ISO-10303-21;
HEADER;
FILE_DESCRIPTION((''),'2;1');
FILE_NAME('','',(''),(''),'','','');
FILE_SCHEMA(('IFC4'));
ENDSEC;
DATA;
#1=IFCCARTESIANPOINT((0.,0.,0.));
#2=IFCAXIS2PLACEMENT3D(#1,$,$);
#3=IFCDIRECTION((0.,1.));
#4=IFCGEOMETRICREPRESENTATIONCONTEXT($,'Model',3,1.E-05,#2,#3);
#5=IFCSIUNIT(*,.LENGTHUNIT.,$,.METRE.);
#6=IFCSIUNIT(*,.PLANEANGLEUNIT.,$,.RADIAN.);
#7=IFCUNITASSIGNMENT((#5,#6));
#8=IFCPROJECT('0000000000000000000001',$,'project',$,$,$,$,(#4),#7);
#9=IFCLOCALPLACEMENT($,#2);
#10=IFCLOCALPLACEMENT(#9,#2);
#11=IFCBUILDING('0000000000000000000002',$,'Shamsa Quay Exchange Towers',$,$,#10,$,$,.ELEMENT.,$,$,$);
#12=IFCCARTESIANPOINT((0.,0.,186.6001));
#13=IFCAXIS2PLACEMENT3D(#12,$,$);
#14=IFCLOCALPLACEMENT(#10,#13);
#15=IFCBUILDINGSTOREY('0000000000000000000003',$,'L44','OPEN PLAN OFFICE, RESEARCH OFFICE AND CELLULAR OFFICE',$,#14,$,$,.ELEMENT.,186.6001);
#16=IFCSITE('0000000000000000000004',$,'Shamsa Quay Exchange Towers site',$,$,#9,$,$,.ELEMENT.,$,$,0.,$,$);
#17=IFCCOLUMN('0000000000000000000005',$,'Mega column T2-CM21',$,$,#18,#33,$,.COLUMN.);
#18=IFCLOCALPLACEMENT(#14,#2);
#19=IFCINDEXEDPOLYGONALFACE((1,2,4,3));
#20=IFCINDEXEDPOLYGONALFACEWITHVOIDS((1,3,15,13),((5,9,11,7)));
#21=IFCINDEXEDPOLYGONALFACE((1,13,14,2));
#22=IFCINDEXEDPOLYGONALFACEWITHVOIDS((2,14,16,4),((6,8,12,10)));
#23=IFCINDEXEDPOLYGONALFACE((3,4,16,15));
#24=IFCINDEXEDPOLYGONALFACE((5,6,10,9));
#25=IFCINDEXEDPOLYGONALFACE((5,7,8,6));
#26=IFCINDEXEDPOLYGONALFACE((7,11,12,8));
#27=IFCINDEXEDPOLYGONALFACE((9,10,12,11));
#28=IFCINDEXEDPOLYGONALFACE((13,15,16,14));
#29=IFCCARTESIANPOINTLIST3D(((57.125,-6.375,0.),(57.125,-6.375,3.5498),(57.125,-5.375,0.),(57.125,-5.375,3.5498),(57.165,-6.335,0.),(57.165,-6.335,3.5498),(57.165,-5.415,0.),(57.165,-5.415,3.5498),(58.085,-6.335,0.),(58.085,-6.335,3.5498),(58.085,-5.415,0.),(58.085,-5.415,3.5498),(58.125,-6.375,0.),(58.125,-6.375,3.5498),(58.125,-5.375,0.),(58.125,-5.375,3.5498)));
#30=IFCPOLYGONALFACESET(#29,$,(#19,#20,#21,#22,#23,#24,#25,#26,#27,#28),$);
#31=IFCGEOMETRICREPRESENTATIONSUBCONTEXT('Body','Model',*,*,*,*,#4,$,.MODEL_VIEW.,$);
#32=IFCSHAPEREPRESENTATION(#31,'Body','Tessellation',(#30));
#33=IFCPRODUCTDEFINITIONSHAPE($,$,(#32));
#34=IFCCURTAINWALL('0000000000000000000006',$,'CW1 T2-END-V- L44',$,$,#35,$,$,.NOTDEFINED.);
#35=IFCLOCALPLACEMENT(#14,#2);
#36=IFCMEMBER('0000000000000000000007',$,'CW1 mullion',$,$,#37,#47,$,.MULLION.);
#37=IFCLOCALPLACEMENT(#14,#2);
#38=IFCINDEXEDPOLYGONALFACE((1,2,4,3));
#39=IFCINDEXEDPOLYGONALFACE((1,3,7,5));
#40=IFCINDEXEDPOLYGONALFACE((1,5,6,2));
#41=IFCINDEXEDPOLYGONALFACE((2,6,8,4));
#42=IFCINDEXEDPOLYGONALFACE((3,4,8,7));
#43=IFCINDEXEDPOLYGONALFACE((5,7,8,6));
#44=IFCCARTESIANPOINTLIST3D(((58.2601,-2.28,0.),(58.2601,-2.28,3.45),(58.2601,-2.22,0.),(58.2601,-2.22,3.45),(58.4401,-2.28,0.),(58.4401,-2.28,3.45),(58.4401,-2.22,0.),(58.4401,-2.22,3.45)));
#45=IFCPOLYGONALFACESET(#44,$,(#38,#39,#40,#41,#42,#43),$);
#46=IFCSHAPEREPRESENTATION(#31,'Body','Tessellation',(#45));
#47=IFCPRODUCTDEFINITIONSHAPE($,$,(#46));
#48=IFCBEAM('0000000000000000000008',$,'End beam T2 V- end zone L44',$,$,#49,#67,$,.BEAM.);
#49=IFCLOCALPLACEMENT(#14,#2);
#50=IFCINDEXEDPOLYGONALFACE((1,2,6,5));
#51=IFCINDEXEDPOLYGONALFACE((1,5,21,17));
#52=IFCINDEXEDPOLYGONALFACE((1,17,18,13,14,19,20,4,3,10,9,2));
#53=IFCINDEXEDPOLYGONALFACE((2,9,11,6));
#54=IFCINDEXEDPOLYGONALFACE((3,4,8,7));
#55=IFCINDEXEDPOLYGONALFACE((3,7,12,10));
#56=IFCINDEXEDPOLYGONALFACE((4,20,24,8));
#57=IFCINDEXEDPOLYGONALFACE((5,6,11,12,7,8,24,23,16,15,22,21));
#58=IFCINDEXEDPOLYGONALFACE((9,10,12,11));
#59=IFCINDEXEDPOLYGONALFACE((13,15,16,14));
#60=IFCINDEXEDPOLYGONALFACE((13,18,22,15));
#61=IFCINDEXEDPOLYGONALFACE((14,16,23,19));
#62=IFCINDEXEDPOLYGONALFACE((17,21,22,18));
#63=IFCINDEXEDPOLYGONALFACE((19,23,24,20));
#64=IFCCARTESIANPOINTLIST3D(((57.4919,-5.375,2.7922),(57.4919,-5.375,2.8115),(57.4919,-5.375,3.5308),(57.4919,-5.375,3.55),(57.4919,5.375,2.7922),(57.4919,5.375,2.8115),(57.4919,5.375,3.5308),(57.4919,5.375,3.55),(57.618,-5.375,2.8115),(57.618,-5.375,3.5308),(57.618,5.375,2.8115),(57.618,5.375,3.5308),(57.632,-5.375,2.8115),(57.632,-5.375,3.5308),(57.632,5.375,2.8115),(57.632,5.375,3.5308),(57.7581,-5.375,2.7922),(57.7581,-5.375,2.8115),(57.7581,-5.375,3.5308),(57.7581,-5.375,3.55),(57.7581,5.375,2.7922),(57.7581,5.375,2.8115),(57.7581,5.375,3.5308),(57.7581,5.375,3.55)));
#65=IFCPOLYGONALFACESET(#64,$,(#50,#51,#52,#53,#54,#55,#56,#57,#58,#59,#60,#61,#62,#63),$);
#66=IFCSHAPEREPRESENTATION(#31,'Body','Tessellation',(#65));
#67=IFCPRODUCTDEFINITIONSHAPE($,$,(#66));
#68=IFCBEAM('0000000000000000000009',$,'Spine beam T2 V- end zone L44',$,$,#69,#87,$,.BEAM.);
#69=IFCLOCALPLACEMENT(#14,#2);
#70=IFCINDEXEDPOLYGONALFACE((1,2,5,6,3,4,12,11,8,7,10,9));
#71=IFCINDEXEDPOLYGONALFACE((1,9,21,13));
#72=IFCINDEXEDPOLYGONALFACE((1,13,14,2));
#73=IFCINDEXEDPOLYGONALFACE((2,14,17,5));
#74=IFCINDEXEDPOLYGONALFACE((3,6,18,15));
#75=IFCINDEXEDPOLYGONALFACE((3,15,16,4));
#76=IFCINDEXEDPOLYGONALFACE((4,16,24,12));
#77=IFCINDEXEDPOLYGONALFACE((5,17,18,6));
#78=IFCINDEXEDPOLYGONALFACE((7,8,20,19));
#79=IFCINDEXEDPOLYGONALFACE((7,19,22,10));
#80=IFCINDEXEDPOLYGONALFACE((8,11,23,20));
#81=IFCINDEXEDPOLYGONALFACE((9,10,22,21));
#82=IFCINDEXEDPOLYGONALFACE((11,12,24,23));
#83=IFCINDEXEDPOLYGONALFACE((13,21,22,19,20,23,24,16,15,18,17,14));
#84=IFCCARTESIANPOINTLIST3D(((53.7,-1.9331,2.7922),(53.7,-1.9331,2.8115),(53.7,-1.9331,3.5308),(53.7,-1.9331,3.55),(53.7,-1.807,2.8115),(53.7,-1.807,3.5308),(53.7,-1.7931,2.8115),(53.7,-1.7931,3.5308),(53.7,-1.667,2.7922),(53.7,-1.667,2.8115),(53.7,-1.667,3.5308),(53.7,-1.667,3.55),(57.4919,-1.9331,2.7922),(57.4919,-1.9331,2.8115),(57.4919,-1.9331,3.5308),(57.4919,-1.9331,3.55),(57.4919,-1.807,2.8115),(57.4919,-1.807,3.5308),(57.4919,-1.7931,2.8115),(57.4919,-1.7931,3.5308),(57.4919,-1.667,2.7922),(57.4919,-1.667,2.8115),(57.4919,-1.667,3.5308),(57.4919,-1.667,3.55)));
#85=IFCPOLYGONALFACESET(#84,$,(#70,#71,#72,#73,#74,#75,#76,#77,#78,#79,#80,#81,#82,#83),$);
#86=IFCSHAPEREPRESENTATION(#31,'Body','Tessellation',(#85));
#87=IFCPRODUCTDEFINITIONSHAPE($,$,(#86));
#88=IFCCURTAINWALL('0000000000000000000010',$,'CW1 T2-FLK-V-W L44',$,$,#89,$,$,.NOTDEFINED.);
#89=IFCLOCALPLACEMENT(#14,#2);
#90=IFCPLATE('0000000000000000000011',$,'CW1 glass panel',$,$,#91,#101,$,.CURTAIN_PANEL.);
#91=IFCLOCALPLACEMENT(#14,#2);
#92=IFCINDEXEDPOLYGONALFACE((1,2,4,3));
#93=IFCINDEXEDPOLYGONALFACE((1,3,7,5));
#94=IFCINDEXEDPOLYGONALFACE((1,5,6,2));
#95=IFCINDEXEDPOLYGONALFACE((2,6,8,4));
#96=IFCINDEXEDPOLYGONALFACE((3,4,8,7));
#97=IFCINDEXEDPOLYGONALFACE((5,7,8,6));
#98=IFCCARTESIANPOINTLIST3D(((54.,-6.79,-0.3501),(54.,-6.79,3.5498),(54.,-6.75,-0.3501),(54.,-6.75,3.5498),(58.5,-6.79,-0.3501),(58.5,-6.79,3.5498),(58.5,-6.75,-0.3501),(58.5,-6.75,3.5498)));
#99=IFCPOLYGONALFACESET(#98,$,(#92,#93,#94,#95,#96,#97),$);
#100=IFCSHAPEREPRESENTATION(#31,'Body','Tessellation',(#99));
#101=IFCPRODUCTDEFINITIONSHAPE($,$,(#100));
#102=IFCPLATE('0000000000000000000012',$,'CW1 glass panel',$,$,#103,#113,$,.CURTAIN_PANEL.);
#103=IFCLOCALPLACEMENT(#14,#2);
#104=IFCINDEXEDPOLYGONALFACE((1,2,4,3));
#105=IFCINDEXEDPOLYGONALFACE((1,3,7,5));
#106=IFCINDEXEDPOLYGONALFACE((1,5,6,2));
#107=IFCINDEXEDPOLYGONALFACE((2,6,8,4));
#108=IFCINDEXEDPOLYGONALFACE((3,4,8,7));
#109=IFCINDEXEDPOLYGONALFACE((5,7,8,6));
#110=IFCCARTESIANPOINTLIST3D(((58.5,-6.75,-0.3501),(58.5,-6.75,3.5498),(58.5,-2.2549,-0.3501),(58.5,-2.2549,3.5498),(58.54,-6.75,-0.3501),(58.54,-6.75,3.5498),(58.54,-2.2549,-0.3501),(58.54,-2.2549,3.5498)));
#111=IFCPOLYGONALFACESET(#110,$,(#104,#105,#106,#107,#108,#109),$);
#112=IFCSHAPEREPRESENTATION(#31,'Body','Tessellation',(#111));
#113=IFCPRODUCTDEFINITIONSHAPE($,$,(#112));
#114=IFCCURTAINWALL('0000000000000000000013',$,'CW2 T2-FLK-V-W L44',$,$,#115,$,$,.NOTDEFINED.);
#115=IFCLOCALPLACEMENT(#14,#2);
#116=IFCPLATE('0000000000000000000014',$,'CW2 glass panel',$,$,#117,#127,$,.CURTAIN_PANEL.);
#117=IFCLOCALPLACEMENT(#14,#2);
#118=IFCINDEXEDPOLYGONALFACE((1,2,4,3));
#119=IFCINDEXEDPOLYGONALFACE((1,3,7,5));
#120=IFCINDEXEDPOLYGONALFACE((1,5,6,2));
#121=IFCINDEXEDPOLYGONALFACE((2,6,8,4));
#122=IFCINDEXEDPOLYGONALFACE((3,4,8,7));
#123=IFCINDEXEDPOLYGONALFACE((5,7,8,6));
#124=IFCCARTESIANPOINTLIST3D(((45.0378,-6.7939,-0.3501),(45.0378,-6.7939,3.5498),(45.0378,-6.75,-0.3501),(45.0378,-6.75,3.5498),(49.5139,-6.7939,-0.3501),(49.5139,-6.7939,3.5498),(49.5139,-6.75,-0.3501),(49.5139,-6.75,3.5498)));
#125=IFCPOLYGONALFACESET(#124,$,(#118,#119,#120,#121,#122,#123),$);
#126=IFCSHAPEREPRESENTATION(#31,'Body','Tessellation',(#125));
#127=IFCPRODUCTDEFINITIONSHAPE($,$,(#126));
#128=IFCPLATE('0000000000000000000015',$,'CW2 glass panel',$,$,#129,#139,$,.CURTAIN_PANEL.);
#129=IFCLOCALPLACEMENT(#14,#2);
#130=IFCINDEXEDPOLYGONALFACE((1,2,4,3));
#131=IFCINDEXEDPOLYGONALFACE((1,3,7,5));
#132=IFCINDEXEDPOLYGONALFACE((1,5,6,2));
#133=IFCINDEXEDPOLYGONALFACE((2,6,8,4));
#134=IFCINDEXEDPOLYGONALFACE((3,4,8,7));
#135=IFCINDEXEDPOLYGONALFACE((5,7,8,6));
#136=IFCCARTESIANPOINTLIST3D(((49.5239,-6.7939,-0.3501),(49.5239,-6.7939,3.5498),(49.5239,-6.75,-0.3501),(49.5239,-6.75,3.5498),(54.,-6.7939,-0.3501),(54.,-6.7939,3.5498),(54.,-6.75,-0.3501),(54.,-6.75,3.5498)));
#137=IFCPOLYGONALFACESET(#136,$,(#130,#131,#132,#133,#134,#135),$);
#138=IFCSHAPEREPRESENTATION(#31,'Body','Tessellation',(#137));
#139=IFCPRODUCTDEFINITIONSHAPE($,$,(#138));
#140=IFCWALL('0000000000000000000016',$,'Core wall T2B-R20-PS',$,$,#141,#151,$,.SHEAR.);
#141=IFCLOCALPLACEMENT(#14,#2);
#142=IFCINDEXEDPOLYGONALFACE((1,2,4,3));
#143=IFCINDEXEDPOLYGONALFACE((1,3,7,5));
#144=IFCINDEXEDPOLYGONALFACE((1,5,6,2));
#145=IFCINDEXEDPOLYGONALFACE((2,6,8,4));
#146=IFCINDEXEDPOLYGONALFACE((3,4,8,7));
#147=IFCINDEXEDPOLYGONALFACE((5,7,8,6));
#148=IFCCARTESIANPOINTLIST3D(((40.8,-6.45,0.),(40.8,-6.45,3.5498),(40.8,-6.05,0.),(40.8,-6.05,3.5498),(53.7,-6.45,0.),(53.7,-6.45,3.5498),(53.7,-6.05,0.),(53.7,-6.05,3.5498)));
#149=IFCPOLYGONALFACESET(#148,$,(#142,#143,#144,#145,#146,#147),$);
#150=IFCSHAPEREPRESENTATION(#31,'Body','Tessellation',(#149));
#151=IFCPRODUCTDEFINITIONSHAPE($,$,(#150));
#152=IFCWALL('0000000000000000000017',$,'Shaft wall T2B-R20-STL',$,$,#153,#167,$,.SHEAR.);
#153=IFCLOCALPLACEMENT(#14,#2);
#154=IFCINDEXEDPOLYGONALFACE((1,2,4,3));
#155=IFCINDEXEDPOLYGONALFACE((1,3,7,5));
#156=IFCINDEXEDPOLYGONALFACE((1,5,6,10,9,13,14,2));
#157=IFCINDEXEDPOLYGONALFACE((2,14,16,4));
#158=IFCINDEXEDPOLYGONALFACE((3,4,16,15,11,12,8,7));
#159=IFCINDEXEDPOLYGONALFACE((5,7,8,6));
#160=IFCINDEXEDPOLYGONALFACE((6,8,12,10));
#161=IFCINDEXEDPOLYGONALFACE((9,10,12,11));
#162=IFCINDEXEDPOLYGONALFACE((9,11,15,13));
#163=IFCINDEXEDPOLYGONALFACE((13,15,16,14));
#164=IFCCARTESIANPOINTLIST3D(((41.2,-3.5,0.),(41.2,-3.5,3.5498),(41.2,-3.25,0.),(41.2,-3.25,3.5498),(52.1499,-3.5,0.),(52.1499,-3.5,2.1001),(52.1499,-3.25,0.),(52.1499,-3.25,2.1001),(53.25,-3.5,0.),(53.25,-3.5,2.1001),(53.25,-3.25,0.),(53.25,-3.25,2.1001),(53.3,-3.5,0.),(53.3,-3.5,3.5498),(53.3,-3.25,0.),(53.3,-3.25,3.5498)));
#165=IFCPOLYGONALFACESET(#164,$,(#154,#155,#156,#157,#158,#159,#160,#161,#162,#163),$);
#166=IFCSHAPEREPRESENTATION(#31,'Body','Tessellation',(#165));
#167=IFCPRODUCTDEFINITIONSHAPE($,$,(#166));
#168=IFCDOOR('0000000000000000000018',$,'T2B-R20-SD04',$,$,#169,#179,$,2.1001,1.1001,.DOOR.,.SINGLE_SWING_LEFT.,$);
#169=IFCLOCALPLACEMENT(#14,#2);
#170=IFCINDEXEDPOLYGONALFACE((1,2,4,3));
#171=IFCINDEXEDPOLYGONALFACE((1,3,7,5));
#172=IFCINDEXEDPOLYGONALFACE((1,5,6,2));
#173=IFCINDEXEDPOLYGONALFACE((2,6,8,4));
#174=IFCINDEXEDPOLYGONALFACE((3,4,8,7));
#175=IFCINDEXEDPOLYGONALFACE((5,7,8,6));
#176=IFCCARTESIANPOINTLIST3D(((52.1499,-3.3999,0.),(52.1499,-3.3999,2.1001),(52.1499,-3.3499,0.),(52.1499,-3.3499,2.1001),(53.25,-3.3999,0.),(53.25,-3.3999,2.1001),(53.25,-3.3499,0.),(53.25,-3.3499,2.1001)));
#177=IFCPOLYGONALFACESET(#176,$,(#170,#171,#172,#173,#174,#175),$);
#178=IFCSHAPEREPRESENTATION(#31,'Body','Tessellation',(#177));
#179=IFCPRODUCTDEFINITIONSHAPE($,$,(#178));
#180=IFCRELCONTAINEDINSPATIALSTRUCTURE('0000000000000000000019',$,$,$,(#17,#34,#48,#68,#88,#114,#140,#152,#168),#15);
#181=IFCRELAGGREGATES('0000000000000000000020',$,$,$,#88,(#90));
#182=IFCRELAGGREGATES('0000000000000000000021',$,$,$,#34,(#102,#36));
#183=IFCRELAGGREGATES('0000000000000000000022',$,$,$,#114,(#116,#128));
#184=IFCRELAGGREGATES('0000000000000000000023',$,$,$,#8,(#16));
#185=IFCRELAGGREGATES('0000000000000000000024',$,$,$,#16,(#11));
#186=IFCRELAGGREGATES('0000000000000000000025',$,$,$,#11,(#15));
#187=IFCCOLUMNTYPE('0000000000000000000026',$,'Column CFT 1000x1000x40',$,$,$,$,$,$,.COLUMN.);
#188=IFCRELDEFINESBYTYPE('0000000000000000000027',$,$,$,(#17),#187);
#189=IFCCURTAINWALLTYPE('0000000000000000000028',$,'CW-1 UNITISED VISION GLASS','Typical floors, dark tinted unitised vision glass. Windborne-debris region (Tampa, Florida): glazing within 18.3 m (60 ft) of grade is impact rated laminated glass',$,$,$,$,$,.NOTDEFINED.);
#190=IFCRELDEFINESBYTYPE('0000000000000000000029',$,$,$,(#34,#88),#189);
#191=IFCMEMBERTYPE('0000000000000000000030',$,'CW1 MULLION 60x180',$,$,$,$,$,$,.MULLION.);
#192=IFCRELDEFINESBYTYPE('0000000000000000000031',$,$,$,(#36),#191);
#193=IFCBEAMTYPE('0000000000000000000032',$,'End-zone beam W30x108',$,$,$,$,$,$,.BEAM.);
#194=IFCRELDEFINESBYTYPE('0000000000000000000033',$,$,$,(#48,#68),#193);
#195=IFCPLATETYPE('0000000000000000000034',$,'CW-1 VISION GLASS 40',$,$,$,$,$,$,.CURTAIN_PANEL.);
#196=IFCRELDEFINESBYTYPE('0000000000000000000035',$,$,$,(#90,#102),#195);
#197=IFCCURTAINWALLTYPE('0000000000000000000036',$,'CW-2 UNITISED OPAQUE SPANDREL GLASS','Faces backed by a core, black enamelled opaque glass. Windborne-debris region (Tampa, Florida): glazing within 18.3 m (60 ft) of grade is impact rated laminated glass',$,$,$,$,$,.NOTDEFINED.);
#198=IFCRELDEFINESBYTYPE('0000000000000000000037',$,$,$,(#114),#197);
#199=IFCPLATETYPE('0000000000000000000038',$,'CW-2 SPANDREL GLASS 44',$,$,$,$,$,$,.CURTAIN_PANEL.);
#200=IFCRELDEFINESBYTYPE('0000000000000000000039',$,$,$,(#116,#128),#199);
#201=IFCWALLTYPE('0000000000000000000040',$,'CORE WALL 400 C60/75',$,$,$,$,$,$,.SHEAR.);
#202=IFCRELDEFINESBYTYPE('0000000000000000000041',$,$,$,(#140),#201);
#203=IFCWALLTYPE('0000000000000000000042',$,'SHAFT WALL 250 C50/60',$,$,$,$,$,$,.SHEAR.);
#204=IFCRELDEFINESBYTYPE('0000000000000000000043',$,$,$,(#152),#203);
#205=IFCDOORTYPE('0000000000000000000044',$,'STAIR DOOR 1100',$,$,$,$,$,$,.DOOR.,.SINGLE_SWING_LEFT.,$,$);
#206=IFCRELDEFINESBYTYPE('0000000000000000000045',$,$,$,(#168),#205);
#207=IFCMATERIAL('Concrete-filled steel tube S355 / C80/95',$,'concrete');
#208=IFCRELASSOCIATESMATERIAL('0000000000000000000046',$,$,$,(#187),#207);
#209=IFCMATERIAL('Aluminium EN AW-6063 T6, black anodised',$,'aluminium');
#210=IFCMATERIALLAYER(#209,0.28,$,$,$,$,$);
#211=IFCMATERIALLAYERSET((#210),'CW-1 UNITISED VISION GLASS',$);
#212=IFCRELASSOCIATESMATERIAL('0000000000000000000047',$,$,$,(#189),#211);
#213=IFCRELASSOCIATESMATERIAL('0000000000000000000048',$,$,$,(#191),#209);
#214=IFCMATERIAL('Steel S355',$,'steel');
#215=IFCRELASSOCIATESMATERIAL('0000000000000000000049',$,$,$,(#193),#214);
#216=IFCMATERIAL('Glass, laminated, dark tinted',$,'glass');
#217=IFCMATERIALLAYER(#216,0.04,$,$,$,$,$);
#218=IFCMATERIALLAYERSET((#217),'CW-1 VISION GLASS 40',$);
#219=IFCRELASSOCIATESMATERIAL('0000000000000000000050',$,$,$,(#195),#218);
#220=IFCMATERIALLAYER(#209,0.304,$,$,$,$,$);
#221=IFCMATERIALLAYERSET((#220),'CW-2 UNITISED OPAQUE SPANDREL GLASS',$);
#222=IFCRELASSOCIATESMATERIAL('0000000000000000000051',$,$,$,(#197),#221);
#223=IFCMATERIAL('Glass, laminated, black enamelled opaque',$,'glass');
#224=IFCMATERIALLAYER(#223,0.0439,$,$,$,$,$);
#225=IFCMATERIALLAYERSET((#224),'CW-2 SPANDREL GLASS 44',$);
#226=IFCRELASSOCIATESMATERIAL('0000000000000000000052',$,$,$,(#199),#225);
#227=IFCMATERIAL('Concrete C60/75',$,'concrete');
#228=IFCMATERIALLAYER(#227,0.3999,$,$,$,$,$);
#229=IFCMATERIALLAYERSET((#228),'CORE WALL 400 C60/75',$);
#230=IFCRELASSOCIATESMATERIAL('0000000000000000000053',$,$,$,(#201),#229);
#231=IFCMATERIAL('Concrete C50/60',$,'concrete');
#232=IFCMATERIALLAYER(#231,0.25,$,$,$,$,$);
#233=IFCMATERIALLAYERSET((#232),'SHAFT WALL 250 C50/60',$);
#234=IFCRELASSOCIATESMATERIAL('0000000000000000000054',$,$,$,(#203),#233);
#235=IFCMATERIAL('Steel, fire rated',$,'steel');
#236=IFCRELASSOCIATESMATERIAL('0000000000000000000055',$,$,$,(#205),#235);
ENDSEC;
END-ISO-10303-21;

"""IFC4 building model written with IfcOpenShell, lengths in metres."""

from ifc_helpers import new_model, si_unit, direction, frame, frame_2d, origin, origin_2d, place, context, subcontext, project, spatial, rectangle, hollow_rectangle, i_section, extrude, material, layer, layer_set, material_profile, profile_set, type_object, element, fill, aggregate, save


model = new_model("IFC4")

# Units and contexts
model_context = context("Model", 3, precision=1e-05, world=origin(), true_north=direction((0.0, 1.0)))
body_context = subcontext(model_context, "Body", "Model", "MODEL_VIEW")
ifc_project = project(units=[si_unit("LENGTHUNIT", "METRE"), si_unit("PLANEANGLEUNIT", "RADIAN")], contexts=[model_context])

# Site, building, storey
site_placement = place(None, origin())
site = spatial("IfcSite", under=ifc_project, at=site_placement, Name="Shamsa Quay Exchange Towers site", CompositionType="ELEMENT", RefElevation=0.0)
building_placement = place(site_placement, origin())
building = spatial("IfcBuilding", under=site, at=building_placement, Name="Shamsa Quay Exchange Towers", CompositionType="ELEMENT")
storey_placement = place(building_placement, frame((0.0, 0.0, 186.6001)))
storey = spatial("IfcBuildingStorey", under=building, at=storey_placement, Name="L44", Description="OPEN PLAN OFFICE, RESEARCH OFFICE AND CELLULAR OFFICE", CompositionType="ELEMENT", Elevation=186.6001)

# Column
ifc_material_1 = material(Name="Concrete-filled steel tube S355 / C80/95", Category="concrete")
ifc_material_profile_1 = material_profile(ifc_material_1, hollow_rectangle(XDim=1.0, YDim=1.0, WallThickness=0.04, at=origin_2d()), Name="CFT 1000x1000x40")
ifc_profile_set_1 = profile_set([ifc_material_profile_1], Name="Concrete-filled steel tube S355 / C80/95")
column_type = type_object("IfcColumnType", Name="Column CFT 1000x1000x40", PredefinedType="COLUMN", material=ifc_profile_set_1)
column_placement = place(storey_placement, frame((57.625, -5.875, 0.0)))
element("IfcColumn", 1, at=column_placement, inside=storey, type_object=column_type, Name="Mega column T2-CM21", PredefinedType="COLUMN", context=body_context, shape_type="SweptSolid", body=[
    extrude(hollow_rectangle(XDim=1.0, YDim=1.0, WallThickness=0.04, at=origin_2d()), origin(), (0.0, 0.0, 1.0), 3.5498),
])

# Curtain wall, member
ifc_material_2 = material(Name="Aluminium EN AW-6063 T6, black anodised", Category="aluminium")
ifc_layer_1 = layer(ifc_material_2, 0.28)
ifc_layer_set_1 = layer_set([ifc_layer_1], Name="CW-1 UNITISED VISION GLASS")
curtain_wall_type_1 = type_object("IfcCurtainWallType", Name="CW-1 UNITISED VISION GLASS", Description="Typical floors, dark tinted unitised vision glass. Windborne-debris region (Tampa, Florida): glazing within 18.3 m (60 ft) of grade is impact rated laminated glass", PredefinedType="NOTDEFINED", material=ifc_layer_set_1)
curtain_wall_1_placement = place(storey_placement, origin())
curtain_wall_1 = element("IfcCurtainWall", 2, at=curtain_wall_1_placement, inside=storey, type_object=curtain_wall_type_1, Name="CW1 T2-END-V- L44", PredefinedType="NOTDEFINED")
ifc_material_profile_2 = material_profile(ifc_material_2, rectangle(XDim=0.1799, YDim=0.0601, at=origin_2d()), Name="MU60x180")
ifc_profile_set_2 = profile_set([ifc_material_profile_2], Name="Aluminium EN AW-6063 T6, black anodised")
member_type = type_object("IfcMemberType", Name="CW1 MULLION 60x180", PredefinedType="MULLION", material=ifc_profile_set_2)
member_placement = place(storey_placement, frame((58.3501, -2.25, 0.0), z_axis=(0.0, 0.0, 1.0), x_axis=(-1.0, 0.0, 0.0)))
member = element("IfcMember", 3, at=member_placement, type_object=member_type, Name="CW1 mullion", PredefinedType="MULLION", context=body_context, shape_type="SweptSolid", body=[
    extrude(rectangle(XDim=0.1799, YDim=0.0601, at=origin_2d()), origin(), (0.0, 0.0, 1.0), 3.45),
])

# Beams
ifc_material_3 = material(Name="Steel S355", Category="steel")
ifc_material_profile_3 = material_profile(ifc_material_3, i_section(OverallWidth=0.2661, OverallDepth=0.7578, WebThickness=0.0139, FlangeThickness=0.0193, at=origin_2d()), Name="W30x108")
ifc_profile_set_3 = profile_set([ifc_material_profile_3], Name="Steel S355")
beam_type = type_object("IfcBeamType", Name="End-zone beam W30x108", PredefinedType="BEAM", material=ifc_profile_set_3)
beam_1_placement = place(storey_placement, frame((57.625, -5.375, 3.1711), z_axis=(0.0, 1.0, 0.0), x_axis=(-1.0, 0.0, 0.0)))
element("IfcBeam", 4, at=beam_1_placement, inside=storey, type_object=beam_type, Name="End beam T2 V- end zone L44", PredefinedType="BEAM", context=body_context, shape_type="SweptSolid", body=[
    extrude(i_section(OverallWidth=0.2661, OverallDepth=0.7578, WebThickness=0.0139, FlangeThickness=0.0193, at=origin_2d()), origin(), (0.0, 0.0, 1.0), 10.75),
])
beam_2_placement = place(storey_placement, frame((53.7, -1.8, 3.1711), z_axis=(1.0, 0.0, 0.0), x_axis=(0.0, 1.0, 0.0)))
element("IfcBeam", 5, at=beam_2_placement, inside=storey, type_object=beam_type, Name="Spine beam T2 V- end zone L44", PredefinedType="BEAM", context=body_context, shape_type="SweptSolid", body=[
    extrude(i_section(OverallWidth=0.2661, OverallDepth=0.7578, WebThickness=0.0139, FlangeThickness=0.0193, at=origin_2d()), origin(), (0.0, 0.0, 1.0), 3.792),
])

# Curtain wall, plate
curtain_wall_2_placement = place(storey_placement, origin())
curtain_wall_2 = element("IfcCurtainWall", 6, at=curtain_wall_2_placement, inside=storey, type_object=curtain_wall_type_1, Name="CW1 T2-FLK-V-W L44", PredefinedType="NOTDEFINED")
ifc_material_4 = material(Name="Glass, laminated, dark tinted", Category="glass")
ifc_layer_2 = layer(ifc_material_4, 0.04)
ifc_layer_set_2 = layer_set([ifc_layer_2], Name="CW-1 VISION GLASS 40")
plate_type_1 = type_object("IfcPlateType", Name="CW-1 VISION GLASS 40", PredefinedType="CURTAIN_PANEL", material=ifc_layer_set_2)
plate_1_placement = place(storey_placement, frame((56.25, -6.77, -0.3501)))
plate_1 = element("IfcPlate", 7, at=plate_1_placement, type_object=plate_type_1, Name="CW1 glass panel", PredefinedType="CURTAIN_PANEL", context=body_context, shape_type="SweptSolid", body=[
    extrude(rectangle(XDim=4.5, YDim=0.04, at=origin_2d()), origin(), (0.0, 0.0, 1.0), 3.8999),
])
aggregate(curtain_wall_2, [plate_1])

# Plate
plate_2_placement = place(storey_placement, frame((58.52, -4.5024, -0.3501), z_axis=(0.0, 0.0, 1.0), x_axis=(0.0, 1.0, 0.0)))
plate_2 = element("IfcPlate", 8, at=plate_2_placement, type_object=plate_type_1, Name="CW1 glass panel", PredefinedType="CURTAIN_PANEL", context=body_context, shape_type="SweptSolid", body=[
    extrude(rectangle(XDim=4.4951, YDim=0.04, at=origin_2d()), origin(), (0.0, 0.0, 1.0), 3.8999),
])
aggregate(curtain_wall_1, [plate_2, member])

# Curtain wall, plates
ifc_layer_3 = layer(ifc_material_2, 0.304)
ifc_layer_set_3 = layer_set([ifc_layer_3], Name="CW-2 UNITISED OPAQUE SPANDREL GLASS")
curtain_wall_type_2 = type_object("IfcCurtainWallType", Name="CW-2 UNITISED OPAQUE SPANDREL GLASS", Description="Faces backed by a core, black enamelled opaque glass. Windborne-debris region (Tampa, Florida): glazing within 18.3 m (60 ft) of grade is impact rated laminated glass", PredefinedType="NOTDEFINED", material=ifc_layer_set_3)
curtain_wall_3_placement = place(storey_placement, origin())
curtain_wall_3 = element("IfcCurtainWall", 9, at=curtain_wall_3_placement, inside=storey, type_object=curtain_wall_type_2, Name="CW2 T2-FLK-V-W L44", PredefinedType="NOTDEFINED")
ifc_material_5 = material(Name="Glass, laminated, black enamelled opaque", Category="glass")
ifc_layer_4 = layer(ifc_material_5, 0.0439)
ifc_layer_set_4 = layer_set([ifc_layer_4], Name="CW-2 SPANDREL GLASS 44")
plate_type_2 = type_object("IfcPlateType", Name="CW-2 SPANDREL GLASS 44", PredefinedType="CURTAIN_PANEL", material=ifc_layer_set_4)
plate_3_placement = place(storey_placement, frame((47.2759, -6.772, -0.3501)))
plate_3 = element("IfcPlate", 10, at=plate_3_placement, type_object=plate_type_2, Name="CW2 glass panel", PredefinedType="CURTAIN_PANEL", context=body_context, shape_type="SweptSolid", body=[
    extrude(rectangle(XDim=4.4761, YDim=0.0439, at=origin_2d()), origin(), (0.0, 0.0, 1.0), 3.8999),
])
plate_4_placement = place(storey_placement, frame((51.762, -6.772, -0.3501)))
plate_4 = element("IfcPlate", 11, at=plate_4_placement, type_object=plate_type_2, Name="CW2 glass panel", PredefinedType="CURTAIN_PANEL", context=body_context, shape_type="SweptSolid", body=[
    extrude(rectangle(XDim=4.4761, YDim=0.0439, at=origin_2d()), origin(), (0.0, 0.0, 1.0), 3.8999),
])
aggregate(curtain_wall_3, [plate_3, plate_4])

# Wall
ifc_material_6 = material(Name="Concrete C60/75", Category="concrete")
ifc_layer_5 = layer(ifc_material_6, 0.3999)
ifc_layer_set_5 = layer_set([ifc_layer_5], Name="CORE WALL 400 C60/75")
wall_type_1 = type_object("IfcWallType", Name="CORE WALL 400 C60/75", PredefinedType="SHEAR", material=ifc_layer_set_5)
wall_1_placement = place(storey_placement, frame((53.7, -6.25, 0.0), z_axis=(0.0, 0.0, 1.0), x_axis=(-1.0, 0.0, 0.0)))
element("IfcWall", 12, at=wall_1_placement, inside=storey, type_object=wall_type_1, Name="Core wall T2B-R20-PS", PredefinedType="SHEAR", context=body_context, shape_type="SweptSolid", body=[
    extrude(rectangle(XDim=12.8999, YDim=0.3999, at=frame_2d((6.45, 0.0))), origin(), (0.0, 0.0, 1.0), 3.5498),
])

# Wall, opening, door
ifc_material_7 = material(Name="Steel, fire rated", Category="steel")
ifc_material_8 = material(Name="Concrete C50/60", Category="concrete")
ifc_layer_6 = layer(ifc_material_8, 0.25)
ifc_layer_set_6 = layer_set([ifc_layer_6], Name="SHAFT WALL 250 C50/60")
wall_type_2 = type_object("IfcWallType", Name="SHAFT WALL 250 C50/60", PredefinedType="SHEAR", material=ifc_layer_set_6)
wall_2_placement = place(storey_placement, frame((53.3, -3.375, 0.0), z_axis=(0.0, 0.0, 1.0), x_axis=(-1.0, 0.0, 0.0)))
wall_2 = element("IfcWall", 13, at=wall_2_placement, inside=storey, type_object=wall_type_2, Name="Shaft wall T2B-R20-STL", PredefinedType="SHEAR", context=body_context, shape_type="SweptSolid", body=[
    extrude(rectangle(XDim=12.1001, YDim=0.25, at=frame_2d((6.05, 0.0))), origin(), (0.0, 0.0, 1.0), 3.5498),
])
opening_1_placement = place(wall_2_placement, frame((0.05, 0.0, 0.0)))
opening_1 = element("IfcOpeningElement", 14, at=opening_1_placement, cuts=wall_2, PredefinedType="OPENING", context=body_context, shape_type="SweptSolid", body=[
    extrude(rectangle(XDim=1.1001, YDim=2.1001, at=frame_2d((0.55, 1.05))), frame((0.0, 0.135, 0.0), z_axis=(0.0, -1.0, 0.0), x_axis=(1.0, 0.0, 0.0)), (0.0, 0.0, 1.0), 0.27),
])
door_type_1 = type_object("IfcDoorType", Name="STAIR DOOR 1100", OperationType="SINGLE_SWING_LEFT", PredefinedType="DOOR", material=ifc_material_7)
door_1_placement = place(opening_1_placement, origin())
door_1 = element("IfcDoor", 15, at=door_1_placement, inside=storey, type_object=door_type_1, Name="T2B-R20-SD04", OperationType="SINGLE_SWING_LEFT", OverallHeight=2.1001, OverallWidth=1.1001, PredefinedType="DOOR", context=body_context, shape_type="SweptSolid", body=[
    extrude(rectangle(XDim=1.1001, YDim=2.1001, at=frame_2d((0.55, 1.05))), frame((0.0, 0.0249, 0.0), z_axis=(0.0, -1.0, 0.0), x_axis=(1.0, 0.0, 0.0)), (0.0, 0.0, 1.0), 0.05),
])
fill(opening_1, door_1)

save(model, "model.ifc")
